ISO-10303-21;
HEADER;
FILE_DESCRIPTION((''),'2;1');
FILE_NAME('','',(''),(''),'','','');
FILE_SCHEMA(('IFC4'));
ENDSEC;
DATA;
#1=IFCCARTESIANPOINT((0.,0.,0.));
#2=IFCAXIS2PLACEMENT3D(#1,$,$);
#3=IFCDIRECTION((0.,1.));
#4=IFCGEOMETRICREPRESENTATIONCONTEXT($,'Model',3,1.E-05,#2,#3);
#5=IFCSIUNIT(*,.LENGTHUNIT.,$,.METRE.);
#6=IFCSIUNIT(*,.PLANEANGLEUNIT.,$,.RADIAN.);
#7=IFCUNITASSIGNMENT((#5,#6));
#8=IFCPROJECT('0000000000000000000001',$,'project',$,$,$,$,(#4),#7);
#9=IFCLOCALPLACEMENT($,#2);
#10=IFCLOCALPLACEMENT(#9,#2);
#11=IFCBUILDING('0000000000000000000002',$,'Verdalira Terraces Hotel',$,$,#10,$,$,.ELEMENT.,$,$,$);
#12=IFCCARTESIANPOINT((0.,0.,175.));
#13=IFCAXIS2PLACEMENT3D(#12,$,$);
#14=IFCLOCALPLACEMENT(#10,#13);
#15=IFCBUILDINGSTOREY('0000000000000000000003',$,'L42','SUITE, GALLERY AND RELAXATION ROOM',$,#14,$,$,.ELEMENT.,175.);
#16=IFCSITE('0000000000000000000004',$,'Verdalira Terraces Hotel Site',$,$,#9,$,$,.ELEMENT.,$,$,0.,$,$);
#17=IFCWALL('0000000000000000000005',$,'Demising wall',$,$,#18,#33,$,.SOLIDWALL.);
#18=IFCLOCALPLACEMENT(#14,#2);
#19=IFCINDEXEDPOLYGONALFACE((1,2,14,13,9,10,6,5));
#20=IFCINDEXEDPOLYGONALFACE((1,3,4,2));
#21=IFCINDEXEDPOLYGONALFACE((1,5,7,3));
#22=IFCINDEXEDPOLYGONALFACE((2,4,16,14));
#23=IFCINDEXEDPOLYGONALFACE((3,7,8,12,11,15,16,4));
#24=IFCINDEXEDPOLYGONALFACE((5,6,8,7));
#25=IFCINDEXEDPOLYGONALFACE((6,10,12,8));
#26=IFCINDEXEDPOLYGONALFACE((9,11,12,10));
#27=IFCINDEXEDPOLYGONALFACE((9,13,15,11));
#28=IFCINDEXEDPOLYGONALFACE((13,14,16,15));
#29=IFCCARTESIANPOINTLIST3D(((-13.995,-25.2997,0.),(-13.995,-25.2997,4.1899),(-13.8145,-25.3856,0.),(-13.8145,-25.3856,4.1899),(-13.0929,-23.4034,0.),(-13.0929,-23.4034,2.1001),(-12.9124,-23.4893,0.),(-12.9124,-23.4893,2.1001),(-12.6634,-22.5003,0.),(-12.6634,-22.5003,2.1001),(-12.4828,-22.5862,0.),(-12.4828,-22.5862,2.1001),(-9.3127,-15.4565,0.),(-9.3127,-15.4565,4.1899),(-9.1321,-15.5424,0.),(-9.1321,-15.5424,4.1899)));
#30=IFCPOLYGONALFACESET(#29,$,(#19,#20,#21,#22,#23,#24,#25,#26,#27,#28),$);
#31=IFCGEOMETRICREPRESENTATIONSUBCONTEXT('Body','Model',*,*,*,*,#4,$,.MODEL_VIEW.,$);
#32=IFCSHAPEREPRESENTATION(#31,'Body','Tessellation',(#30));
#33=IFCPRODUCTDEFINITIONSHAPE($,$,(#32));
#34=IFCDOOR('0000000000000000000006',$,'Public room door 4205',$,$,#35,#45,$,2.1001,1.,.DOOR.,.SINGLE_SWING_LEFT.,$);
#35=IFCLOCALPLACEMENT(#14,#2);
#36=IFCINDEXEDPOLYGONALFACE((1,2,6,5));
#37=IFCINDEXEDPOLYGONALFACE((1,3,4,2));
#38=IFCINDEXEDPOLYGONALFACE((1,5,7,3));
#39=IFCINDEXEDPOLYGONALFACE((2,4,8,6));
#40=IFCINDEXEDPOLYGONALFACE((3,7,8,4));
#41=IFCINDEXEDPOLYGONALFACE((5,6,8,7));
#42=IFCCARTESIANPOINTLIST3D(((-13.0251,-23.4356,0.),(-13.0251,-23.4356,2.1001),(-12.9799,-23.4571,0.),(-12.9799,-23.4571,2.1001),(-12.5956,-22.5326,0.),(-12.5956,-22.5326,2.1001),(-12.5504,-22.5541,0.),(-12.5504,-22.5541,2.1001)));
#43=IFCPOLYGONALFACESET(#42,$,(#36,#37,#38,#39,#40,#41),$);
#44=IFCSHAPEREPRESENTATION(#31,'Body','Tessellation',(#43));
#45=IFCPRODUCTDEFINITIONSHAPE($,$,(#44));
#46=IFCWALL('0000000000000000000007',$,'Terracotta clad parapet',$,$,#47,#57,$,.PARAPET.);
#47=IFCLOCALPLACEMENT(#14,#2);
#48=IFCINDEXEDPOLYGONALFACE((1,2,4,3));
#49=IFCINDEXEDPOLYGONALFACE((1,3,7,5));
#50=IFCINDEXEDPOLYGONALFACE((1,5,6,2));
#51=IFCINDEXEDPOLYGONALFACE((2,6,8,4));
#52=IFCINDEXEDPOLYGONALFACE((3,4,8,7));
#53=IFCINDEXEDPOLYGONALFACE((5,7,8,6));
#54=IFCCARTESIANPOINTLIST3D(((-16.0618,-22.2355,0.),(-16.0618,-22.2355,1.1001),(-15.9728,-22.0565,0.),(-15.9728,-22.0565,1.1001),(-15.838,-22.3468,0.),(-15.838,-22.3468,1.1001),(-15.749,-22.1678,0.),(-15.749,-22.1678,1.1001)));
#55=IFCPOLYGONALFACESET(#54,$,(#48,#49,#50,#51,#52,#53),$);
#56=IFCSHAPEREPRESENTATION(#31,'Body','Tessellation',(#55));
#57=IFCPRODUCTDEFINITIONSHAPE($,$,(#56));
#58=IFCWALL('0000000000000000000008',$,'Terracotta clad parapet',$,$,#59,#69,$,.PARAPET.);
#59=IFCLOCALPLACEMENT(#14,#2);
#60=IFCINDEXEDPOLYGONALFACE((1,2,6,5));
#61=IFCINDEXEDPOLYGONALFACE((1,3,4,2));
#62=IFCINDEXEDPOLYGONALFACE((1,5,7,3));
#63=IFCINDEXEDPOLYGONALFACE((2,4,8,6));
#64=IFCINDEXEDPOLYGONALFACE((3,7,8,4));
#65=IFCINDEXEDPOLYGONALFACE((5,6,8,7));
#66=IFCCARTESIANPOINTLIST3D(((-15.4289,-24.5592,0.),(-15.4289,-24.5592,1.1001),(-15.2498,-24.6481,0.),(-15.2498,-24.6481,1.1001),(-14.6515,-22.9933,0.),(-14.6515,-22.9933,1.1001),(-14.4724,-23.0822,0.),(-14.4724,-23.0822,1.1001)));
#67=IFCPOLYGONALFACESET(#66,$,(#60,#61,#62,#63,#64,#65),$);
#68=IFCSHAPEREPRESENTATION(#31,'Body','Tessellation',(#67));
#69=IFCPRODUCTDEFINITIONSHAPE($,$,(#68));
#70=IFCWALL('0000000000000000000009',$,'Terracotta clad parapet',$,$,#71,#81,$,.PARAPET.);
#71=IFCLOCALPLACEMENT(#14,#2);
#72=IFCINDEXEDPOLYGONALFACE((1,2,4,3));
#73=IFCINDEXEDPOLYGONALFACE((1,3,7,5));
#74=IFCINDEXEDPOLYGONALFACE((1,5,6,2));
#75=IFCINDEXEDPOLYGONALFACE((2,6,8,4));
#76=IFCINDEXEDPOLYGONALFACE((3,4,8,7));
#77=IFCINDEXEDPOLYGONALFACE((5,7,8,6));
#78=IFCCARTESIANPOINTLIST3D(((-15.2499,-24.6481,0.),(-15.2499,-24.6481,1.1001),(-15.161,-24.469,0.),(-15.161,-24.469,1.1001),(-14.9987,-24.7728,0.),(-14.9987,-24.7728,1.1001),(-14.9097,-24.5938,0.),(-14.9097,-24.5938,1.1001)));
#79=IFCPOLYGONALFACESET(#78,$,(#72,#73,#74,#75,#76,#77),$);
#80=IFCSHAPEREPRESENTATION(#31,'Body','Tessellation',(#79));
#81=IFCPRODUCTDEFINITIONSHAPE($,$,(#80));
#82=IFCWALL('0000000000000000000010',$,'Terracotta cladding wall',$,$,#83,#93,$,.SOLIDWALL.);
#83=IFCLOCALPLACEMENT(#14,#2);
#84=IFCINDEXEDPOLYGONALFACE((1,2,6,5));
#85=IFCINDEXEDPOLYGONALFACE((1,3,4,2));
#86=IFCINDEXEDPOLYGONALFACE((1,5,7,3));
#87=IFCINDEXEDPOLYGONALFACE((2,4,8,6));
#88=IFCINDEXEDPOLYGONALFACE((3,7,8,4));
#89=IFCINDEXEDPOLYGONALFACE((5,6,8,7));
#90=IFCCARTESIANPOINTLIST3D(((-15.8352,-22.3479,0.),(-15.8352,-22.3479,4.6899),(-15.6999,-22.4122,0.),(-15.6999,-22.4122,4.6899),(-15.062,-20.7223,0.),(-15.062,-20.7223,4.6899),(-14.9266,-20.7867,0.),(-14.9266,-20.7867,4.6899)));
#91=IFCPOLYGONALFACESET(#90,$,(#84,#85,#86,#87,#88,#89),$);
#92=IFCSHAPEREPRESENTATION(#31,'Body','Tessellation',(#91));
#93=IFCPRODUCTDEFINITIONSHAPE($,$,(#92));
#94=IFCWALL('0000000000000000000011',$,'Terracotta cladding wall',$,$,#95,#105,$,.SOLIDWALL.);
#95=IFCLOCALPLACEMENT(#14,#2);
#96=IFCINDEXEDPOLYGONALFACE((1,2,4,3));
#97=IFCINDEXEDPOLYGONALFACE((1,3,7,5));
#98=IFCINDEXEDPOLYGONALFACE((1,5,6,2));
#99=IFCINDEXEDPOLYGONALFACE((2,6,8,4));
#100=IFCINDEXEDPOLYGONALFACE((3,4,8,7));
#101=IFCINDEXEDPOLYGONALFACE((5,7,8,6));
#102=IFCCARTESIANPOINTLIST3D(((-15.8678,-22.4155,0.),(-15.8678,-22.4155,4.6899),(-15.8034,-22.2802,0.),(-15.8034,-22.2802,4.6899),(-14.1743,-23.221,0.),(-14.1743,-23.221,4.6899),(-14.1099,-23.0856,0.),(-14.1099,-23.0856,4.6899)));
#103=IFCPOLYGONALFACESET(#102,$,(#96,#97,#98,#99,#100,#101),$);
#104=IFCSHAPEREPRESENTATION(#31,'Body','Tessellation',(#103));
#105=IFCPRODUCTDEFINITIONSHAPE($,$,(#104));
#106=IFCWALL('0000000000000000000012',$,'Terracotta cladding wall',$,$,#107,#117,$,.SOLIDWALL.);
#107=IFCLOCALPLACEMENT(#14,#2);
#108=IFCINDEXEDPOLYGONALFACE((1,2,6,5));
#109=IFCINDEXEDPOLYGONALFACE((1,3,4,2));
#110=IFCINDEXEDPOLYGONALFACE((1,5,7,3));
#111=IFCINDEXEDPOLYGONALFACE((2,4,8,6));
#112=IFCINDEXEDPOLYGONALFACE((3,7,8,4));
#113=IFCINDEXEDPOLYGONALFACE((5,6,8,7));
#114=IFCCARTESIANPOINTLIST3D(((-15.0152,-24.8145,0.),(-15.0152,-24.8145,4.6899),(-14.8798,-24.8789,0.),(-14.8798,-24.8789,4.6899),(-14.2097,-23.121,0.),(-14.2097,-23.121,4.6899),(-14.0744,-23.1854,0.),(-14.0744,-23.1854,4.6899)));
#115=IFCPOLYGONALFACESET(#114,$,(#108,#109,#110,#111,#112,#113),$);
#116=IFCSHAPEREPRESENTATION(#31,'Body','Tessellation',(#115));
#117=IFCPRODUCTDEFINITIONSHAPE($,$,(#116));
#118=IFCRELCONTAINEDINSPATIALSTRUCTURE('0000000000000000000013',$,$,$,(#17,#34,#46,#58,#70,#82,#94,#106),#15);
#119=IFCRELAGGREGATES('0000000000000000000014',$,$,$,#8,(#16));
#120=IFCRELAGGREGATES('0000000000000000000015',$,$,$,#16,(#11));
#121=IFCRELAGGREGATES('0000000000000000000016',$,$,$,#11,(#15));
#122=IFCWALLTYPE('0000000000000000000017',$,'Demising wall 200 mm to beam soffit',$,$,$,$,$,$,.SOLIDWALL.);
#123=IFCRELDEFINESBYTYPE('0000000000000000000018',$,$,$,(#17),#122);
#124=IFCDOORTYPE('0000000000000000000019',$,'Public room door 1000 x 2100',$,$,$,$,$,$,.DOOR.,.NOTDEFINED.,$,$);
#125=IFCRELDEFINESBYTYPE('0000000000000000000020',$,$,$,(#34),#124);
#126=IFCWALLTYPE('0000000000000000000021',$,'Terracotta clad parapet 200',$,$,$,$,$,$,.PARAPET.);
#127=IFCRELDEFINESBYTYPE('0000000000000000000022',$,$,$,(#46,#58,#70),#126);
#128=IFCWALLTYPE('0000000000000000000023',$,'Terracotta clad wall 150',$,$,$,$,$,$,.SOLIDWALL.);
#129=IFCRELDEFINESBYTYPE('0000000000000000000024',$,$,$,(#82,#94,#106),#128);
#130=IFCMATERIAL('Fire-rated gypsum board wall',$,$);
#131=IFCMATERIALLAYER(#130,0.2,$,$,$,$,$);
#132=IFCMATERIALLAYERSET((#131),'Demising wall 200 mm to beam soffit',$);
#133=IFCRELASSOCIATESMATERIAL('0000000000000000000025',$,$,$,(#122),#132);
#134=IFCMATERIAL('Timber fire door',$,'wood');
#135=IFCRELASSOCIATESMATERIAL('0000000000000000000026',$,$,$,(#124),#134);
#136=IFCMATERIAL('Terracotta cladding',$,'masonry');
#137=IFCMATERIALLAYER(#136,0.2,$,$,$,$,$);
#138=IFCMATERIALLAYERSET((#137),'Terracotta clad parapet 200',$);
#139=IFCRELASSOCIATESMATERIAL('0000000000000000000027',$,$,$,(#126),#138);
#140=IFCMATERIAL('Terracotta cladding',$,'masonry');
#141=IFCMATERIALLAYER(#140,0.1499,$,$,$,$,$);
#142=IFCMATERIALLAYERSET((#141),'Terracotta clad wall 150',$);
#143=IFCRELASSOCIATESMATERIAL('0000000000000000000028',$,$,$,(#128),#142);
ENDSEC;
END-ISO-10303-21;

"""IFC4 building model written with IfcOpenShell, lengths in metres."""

from ifc_helpers import new_model, si_unit, direction, frame, frame_2d, origin, place, context, subcontext, project, spatial, rectangle, extrude, material, layer, layer_set, type_object, element, fill, save


model = new_model("IFC4")

# Units and contexts
model_context = context("Model", 3, precision=1e-05, world=origin(), true_north=direction((0.0, 1.0)))
body_context = subcontext(model_context, "Body", "Model", "MODEL_VIEW")
ifc_project = project(units=[si_unit("LENGTHUNIT", "METRE"), si_unit("PLANEANGLEUNIT", "RADIAN")], contexts=[model_context])

# Site, building, storey
site_placement = place(None, origin())
site = spatial("IfcSite", under=ifc_project, at=site_placement, Name="Verdalira Terraces Hotel Site", CompositionType="ELEMENT", RefElevation=0.0)
building_placement = place(site_placement, origin())
building = spatial("IfcBuilding", under=site, at=building_placement, Name="Verdalira Terraces Hotel", CompositionType="ELEMENT")
storey_placement = place(building_placement, frame((0.0, 0.0, 175.0)))
storey = spatial("IfcBuildingStorey", under=building, at=storey_placement, Name="L42", Description="SUITE, GALLERY AND RELAXATION ROOM", CompositionType="ELEMENT", Elevation=175.0)

# Wall, opening, door
ifc_material_1 = material(Name="Fire-rated gypsum board wall")
ifc_layer_1 = layer(ifc_material_1, 0.2)
ifc_layer_set_1 = layer_set([ifc_layer_1], Name="Demising wall 200 mm to beam soffit")
wall_type_1 = type_object("IfcWallType", Name="Demising wall 200 mm to beam soffit", PredefinedType="SOLIDWALL", material=ifc_layer_set_1)
wall_1_placement = place(storey_placement, frame((-13.9048, -25.3428, 0.0), z_axis=(0.0, 0.0, 1.0), x_axis=(0.429568, 0.903035, 0.0)))
wall_1 = element("IfcWall", 1, at=wall_1_placement, inside=storey, type_object=wall_type_1, Name="Demising wall", PredefinedType="SOLIDWALL", context=body_context, shape_type="SweptSolid", body=[
    extrude(rectangle(XDim=10.9001, YDim=0.2, at=frame_2d((5.4502, 0.0))), origin(), (0.0, 0.0, 1.0), 4.1899),
])
opening_placement = place(wall_1_placement, frame((2.1001, 0.0, 0.0)))
opening = element("IfcOpeningElement", 2, at=opening_placement, cuts=wall_1, PredefinedType="OPENING", context=body_context, shape_type="SweptSolid", body=[
    extrude(rectangle(XDim=1.0, YDim=2.1001, at=frame_2d((0.5, 1.05))), frame((0.0, 0.1099, 0.0), z_axis=(0.0, -1.0, 0.0), x_axis=(1.0, 0.0, 0.0)), (0.0, 0.0, 1.0), 0.22),
])
ifc_material_2 = material(Name="Timber fire door", Category="wood")
door_type = type_object("IfcDoorType", Name="Public room door 1000 x 2100", OperationType="NOTDEFINED", PredefinedType="DOOR", material=ifc_material_2)
door_placement = place(opening_placement, origin())
door = element("IfcDoor", 3, at=door_placement, inside=storey, type_object=door_type, Name="Public room door 4205", OperationType="SINGLE_SWING_LEFT", OverallHeight=2.1001, OverallWidth=1.0, PredefinedType="DOOR", context=body_context, shape_type="SweptSolid", body=[
    extrude(rectangle(XDim=1.0, YDim=2.1001, at=frame_2d((0.5, 1.05))), frame((0.0, 0.0249, 0.0), z_axis=(0.0, -1.0, 0.0), x_axis=(1.0, 0.0, 0.0)), (0.0, 0.0, 1.0), 0.05),
])
fill(opening, door)

# Walls
ifc_material_3 = material(Name="Terracotta cladding", Category="masonry")
ifc_layer_2 = layer(ifc_material_3, 0.2)
ifc_layer_set_2 = layer_set([ifc_layer_2], Name="Terracotta clad parapet 200")
wall_type_2 = type_object("IfcWallType", Name="Terracotta clad parapet 200", PredefinedType="PARAPET", material=ifc_layer_set_2)
wall_2_placement = place(storey_placement, frame((-16.0173, -22.146, 0.0), z_axis=(0.0, 0.0, 1.0), x_axis=(0.895402, -0.44526, 0.0)))
element("IfcWall", 4, at=wall_2_placement, inside=storey, type_object=wall_type_2, Name="Terracotta clad parapet", PredefinedType="PARAPET", context=body_context, shape_type="SweptSolid", body=[
    extrude(rectangle(XDim=0.25, YDim=0.2, at=frame_2d((0.125, 0.0))), origin(), (0.0, 0.0, 1.0), 1.1001),
])
wall_3_placement = place(storey_placement, frame((-14.562, -23.0378, 0.0), z_axis=(0.0, 0.0, 1.0), x_axis=(-0.444642, -0.895708, 0.0)))
element("IfcWall", 5, at=wall_3_placement, inside=storey, type_object=wall_type_2, Name="Terracotta clad parapet", PredefinedType="PARAPET", context=body_context, shape_type="SweptSolid", body=[
    extrude(rectangle(XDim=1.7483, YDim=0.2, at=frame_2d((0.874, 0.0))), origin(), (0.0, 0.0, 1.0), 1.1001),
])
wall_4_placement = place(storey_placement, frame((-15.2053, -24.5586, 0.0), z_axis=(0.0, 0.0, 1.0), x_axis=(0.895642, -0.444775, 0.0)))
element("IfcWall", 6, at=wall_4_placement, inside=storey, type_object=wall_type_2, Name="Terracotta clad parapet", PredefinedType="PARAPET", context=body_context, shape_type="SweptSolid", body=[
    extrude(rectangle(XDim=0.2805, YDim=0.2, at=frame_2d((0.1401, 0.0))), origin(), (0.0, 0.0, 1.0), 1.1001),
])
ifc_material_4 = material(Name="Terracotta cladding", Category="masonry")
ifc_layer_3 = layer(ifc_material_4, 0.1499)
ifc_layer_set_3 = layer_set([ifc_layer_3], Name="Terracotta clad wall 150")
wall_type_3 = type_object("IfcWallType", Name="Terracotta clad wall 150", PredefinedType="SOLIDWALL", material=ifc_layer_set_3)
wall_5_placement = place(storey_placement, frame((-14.9944, -20.7546, 0.0), z_axis=(0.0, 0.0, 1.0), x_axis=(-0.429549, -0.903043, 0.0)))
element("IfcWall", 7, at=wall_5_placement, inside=storey, type_object=wall_type_3, Name="Terracotta cladding wall", PredefinedType="SOLIDWALL", context=body_context, shape_type="SweptSolid", body=[
    extrude(rectangle(XDim=1.8, YDim=0.1499, at=frame_2d((0.8999, 0.0))), origin(), (0.0, 0.0, 1.0), 4.6899),
])
for number, where, z_axis, x_axis, name in (
    (8, (-15.8354, -22.3479, 0.0), (0.0, 0.0, 1.0), (0.903055, -0.429524, 0.0), "Terracotta cladding wall"),
    (9, (-14.1421, -23.1533, 0.0), (0.0, 0.0, 1.0), (-0.429524, -0.903055, 0.0), "Terracotta cladding wall"),
):
    element("IfcWall", number, at=place(storey_placement, frame(where, z_axis=z_axis, x_axis=x_axis)), inside=storey, type_object=wall_type_3, Name=name, PredefinedType="SOLIDWALL", context=body_context, shape_type="SweptSolid", body=[
        extrude(rectangle(XDim=1.8752, YDim=0.1499, at=frame_2d((0.9375, 0.0))), origin(), (0.0, 0.0, 1.0), 4.6899),
    ])

save(model, "model.ifc")
